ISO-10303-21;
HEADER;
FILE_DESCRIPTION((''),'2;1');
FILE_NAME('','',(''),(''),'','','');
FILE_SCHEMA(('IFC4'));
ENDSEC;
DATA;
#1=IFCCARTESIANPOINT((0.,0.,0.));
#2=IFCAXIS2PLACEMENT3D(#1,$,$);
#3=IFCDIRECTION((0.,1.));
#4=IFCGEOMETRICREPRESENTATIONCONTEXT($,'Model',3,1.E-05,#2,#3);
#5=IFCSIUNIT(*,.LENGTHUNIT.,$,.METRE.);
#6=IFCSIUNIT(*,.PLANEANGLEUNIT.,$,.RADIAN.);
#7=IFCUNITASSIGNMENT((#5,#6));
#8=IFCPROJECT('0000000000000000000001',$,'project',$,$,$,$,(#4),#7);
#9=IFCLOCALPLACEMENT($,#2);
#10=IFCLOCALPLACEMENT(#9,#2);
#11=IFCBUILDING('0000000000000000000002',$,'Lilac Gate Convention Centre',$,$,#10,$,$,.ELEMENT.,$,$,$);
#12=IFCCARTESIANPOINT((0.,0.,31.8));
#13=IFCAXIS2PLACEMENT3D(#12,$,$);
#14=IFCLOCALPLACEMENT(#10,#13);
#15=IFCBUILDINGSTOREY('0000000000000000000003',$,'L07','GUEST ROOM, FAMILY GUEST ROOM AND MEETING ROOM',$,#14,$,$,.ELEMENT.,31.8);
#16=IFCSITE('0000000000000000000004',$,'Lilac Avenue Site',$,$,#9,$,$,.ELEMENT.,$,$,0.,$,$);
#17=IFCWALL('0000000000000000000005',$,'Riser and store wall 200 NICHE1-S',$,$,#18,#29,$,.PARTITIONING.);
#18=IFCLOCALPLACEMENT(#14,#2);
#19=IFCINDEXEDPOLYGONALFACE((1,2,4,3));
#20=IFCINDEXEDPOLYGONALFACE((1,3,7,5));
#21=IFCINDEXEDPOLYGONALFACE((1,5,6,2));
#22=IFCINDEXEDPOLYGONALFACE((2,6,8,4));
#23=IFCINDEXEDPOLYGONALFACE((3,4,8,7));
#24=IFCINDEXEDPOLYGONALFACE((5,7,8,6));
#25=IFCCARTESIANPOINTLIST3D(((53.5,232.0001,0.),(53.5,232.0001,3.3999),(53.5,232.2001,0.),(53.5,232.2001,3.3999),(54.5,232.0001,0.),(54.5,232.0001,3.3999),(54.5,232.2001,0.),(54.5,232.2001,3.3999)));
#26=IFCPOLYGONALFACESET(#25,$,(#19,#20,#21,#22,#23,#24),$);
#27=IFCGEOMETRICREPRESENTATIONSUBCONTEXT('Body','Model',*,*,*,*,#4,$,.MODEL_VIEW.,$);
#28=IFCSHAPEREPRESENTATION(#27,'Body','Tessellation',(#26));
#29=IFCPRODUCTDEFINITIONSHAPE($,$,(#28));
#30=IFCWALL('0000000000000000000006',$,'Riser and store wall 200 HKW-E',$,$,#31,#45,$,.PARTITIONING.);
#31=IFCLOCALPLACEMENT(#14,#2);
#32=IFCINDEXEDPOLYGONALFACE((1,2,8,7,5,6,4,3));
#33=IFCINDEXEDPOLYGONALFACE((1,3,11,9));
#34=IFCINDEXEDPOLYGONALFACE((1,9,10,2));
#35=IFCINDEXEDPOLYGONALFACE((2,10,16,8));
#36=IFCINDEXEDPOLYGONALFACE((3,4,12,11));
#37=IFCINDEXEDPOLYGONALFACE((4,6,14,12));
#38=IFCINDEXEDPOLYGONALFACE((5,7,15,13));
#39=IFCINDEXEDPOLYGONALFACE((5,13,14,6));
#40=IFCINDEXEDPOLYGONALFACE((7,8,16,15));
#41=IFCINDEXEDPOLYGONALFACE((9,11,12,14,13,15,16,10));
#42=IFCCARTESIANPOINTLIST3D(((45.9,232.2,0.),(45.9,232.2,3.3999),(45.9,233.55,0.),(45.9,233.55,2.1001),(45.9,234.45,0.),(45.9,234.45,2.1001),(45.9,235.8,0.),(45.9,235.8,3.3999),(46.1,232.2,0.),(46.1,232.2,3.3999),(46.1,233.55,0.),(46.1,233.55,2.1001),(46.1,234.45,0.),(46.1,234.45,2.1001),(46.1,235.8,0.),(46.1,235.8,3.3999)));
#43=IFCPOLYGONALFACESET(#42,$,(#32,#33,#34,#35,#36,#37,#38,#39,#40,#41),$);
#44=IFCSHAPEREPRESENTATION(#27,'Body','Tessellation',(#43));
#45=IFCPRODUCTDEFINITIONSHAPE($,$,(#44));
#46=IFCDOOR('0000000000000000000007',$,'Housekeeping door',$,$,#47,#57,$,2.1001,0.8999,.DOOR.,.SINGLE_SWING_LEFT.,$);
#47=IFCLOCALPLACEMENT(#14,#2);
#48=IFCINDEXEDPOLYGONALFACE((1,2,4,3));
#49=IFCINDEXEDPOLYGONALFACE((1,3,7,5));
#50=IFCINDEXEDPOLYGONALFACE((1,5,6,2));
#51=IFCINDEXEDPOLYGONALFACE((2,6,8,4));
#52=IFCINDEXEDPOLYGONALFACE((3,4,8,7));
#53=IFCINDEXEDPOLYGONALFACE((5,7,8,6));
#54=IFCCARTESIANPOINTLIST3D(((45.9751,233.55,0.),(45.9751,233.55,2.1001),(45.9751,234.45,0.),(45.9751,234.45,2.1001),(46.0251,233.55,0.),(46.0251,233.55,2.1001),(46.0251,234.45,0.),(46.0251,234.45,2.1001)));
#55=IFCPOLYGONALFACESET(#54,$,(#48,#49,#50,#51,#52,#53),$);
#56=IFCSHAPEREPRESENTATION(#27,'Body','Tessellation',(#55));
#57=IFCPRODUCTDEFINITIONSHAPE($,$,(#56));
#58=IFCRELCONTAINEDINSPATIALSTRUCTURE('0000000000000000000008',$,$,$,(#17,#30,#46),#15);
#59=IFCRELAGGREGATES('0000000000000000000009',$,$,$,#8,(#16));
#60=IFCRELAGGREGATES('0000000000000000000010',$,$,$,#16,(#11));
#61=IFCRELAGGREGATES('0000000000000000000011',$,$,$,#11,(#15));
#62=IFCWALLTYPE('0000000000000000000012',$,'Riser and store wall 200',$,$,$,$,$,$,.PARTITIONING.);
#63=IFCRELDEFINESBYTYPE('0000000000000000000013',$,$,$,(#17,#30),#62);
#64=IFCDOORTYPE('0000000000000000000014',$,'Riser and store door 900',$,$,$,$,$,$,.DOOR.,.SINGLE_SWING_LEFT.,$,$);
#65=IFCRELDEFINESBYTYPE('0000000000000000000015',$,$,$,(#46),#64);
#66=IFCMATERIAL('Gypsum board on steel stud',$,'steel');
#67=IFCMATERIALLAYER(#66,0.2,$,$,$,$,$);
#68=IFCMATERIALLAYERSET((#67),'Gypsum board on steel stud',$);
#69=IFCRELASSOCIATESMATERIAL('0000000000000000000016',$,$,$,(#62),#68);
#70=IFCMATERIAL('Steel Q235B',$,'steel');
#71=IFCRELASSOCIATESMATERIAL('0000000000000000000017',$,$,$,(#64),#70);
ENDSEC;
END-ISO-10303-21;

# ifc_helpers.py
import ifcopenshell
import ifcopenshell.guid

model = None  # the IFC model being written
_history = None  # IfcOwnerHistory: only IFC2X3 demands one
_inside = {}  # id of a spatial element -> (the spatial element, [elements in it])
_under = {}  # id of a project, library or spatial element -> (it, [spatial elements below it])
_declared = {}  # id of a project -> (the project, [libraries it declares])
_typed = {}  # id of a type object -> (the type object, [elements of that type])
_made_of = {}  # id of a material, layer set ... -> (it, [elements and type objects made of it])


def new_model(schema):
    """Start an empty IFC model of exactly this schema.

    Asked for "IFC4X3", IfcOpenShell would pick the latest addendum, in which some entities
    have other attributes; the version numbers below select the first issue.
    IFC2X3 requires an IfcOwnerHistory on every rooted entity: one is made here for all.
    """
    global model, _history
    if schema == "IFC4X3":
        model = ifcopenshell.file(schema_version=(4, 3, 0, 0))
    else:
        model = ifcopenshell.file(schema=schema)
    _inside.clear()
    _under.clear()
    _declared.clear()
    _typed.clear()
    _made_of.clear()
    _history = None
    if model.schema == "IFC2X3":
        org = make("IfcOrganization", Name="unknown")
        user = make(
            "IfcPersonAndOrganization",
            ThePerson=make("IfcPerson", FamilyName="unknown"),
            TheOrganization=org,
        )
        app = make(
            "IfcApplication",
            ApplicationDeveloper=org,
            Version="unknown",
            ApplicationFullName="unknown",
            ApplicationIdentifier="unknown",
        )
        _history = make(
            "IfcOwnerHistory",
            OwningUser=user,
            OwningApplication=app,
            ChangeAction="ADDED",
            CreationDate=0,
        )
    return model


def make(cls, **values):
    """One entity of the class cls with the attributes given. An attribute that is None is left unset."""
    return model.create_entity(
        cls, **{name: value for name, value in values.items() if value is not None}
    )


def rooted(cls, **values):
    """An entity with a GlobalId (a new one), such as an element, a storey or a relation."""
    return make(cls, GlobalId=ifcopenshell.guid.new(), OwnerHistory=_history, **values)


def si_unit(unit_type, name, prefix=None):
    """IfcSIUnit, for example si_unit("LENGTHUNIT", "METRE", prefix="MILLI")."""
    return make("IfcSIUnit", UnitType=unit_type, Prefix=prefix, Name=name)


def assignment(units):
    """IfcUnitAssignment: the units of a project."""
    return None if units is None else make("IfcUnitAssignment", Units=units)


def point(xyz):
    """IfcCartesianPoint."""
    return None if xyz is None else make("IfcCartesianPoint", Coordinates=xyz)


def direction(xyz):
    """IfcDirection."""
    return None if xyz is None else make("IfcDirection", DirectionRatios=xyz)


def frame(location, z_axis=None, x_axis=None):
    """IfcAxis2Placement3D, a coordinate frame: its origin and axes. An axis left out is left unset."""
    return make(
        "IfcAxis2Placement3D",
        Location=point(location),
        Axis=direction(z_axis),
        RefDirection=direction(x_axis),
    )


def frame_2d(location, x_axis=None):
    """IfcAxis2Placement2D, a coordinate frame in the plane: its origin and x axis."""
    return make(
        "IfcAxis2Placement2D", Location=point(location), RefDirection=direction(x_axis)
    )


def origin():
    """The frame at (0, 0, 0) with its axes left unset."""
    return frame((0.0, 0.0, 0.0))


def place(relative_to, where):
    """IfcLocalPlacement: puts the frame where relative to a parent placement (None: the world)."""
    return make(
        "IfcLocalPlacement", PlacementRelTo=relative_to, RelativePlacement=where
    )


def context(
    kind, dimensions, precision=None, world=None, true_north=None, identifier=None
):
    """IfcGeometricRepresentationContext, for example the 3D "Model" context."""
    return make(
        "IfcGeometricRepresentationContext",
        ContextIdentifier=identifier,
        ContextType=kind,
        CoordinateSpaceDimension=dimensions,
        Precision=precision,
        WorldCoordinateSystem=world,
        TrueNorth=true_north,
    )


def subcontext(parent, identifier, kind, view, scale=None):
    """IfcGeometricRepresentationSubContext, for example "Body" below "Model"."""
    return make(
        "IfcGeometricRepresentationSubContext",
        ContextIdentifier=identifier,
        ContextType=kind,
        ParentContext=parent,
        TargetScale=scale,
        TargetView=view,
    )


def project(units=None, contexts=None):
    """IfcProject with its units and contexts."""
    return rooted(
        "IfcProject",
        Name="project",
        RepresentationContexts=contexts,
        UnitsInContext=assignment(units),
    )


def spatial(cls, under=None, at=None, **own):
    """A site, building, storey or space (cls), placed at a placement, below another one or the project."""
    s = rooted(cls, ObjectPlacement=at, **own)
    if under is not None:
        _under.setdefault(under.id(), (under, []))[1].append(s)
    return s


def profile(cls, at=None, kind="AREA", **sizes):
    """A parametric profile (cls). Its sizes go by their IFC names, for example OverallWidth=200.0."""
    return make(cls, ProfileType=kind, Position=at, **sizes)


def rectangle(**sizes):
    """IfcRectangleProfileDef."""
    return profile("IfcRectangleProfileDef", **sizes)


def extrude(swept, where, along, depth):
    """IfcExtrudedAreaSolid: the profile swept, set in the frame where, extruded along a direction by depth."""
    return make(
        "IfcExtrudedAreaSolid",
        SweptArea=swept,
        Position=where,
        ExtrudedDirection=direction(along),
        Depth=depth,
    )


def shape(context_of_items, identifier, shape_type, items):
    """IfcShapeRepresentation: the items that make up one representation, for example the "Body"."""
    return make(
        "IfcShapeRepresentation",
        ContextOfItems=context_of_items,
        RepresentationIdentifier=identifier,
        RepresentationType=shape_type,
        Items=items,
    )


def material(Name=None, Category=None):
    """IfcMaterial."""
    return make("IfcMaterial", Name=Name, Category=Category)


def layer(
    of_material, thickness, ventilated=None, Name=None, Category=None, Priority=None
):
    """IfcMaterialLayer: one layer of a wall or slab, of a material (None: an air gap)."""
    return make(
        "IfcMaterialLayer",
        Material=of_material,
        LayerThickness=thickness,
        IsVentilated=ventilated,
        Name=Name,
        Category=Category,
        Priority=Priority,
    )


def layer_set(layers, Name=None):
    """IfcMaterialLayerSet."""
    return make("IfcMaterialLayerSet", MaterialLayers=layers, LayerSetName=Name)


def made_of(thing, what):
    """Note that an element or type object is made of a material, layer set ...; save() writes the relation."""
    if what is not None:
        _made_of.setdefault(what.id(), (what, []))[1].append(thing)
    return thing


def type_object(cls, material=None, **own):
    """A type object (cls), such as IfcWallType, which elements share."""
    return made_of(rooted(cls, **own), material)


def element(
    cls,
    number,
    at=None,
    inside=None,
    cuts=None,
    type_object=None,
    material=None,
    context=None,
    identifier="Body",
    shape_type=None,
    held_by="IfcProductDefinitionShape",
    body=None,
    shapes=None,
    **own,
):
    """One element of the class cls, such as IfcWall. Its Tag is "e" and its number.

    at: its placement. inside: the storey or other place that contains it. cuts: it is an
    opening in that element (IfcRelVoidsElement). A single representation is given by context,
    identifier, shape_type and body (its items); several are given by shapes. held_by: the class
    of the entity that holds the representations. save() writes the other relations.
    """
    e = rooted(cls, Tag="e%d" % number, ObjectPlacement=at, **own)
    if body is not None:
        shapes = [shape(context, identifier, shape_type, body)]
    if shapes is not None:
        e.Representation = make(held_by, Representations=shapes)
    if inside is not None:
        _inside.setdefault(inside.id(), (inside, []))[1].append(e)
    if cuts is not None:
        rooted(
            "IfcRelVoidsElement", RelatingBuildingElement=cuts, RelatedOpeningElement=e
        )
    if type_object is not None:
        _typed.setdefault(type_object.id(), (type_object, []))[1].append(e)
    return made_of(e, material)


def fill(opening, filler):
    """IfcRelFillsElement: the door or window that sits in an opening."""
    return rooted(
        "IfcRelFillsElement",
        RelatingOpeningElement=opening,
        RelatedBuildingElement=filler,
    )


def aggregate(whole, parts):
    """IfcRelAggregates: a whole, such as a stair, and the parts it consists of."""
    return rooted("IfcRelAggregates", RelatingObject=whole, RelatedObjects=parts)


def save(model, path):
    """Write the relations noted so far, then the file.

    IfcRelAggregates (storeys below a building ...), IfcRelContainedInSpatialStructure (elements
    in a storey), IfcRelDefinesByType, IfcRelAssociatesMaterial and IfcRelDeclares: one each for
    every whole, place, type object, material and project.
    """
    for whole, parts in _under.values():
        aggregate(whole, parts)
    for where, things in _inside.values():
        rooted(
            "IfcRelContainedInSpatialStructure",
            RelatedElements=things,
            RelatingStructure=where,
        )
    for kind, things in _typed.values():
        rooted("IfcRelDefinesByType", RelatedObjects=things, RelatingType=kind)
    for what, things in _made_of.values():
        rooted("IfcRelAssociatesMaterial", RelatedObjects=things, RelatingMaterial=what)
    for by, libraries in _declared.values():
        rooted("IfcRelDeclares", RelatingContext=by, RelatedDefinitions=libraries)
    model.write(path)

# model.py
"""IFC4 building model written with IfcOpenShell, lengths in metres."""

from ifc_helpers import new_model, si_unit, direction, frame, frame_2d, origin, place, context, subcontext, project, spatial, rectangle, extrude, material, layer, layer_set, type_object, element, fill, save


model = new_model("IFC4")

# Units and contexts
model_context = context("Model", 3, precision=1e-05, world=origin(), true_north=direction((0.0, 1.0)))
body_context = subcontext(model_context, "Body", "Model", "MODEL_VIEW")
ifc_project = project(units=[si_unit("LENGTHUNIT", "METRE"), si_unit("PLANEANGLEUNIT", "RADIAN")], contexts=[model_context])

# Site, building, storey
site_placement = place(None, origin())
site = spatial("IfcSite", under=ifc_project, at=site_placement, Name="Lilac Avenue Site", CompositionType="ELEMENT", RefElevation=0.0)
building_placement = place(site_placement, origin())
building = spatial("IfcBuilding", under=site, at=building_placement, Name="Lilac Gate Convention Centre", CompositionType="ELEMENT")
storey_placement = place(building_placement, frame((0.0, 0.0, 31.8)))
storey = spatial("IfcBuildingStorey", under=building, at=storey_placement, Name="L07", Description="GUEST ROOM, FAMILY GUEST ROOM AND MEETING ROOM", CompositionType="ELEMENT", Elevation=31.8)

# Shared definitions
ifc_material_1 = material(Name="Gypsum board on steel stud", Category="steel")

# Wall
ifc_layer_1 = layer(ifc_material_1, 0.2)
ifc_layer_set_1 = layer_set([ifc_layer_1], Name="Gypsum board on steel stud")
wall_type_1 = type_object("IfcWallType", Name="Riser and store wall 200", PredefinedType="PARTITIONING", material=ifc_layer_set_1)
wall_1_placement = place(storey_placement, frame((53.5, 232.1001, 0.0), z_axis=(0.0, 0.0, 1.0), x_axis=(1.0, 0.0, 0.0)))
element("IfcWall", 1, at=wall_1_placement, inside=storey, type_object=wall_type_1, Name="Riser and store wall 200 NICHE1-S", PredefinedType="PARTITIONING", context=body_context, shape_type="SweptSolid", body=[
    extrude(rectangle(XDim=1.0, YDim=0.2, at=frame_2d((0.5, 0.0))), origin(), (0.0, 0.0, 1.0), 3.3999),
])

# Wall, opening, door
wall_2_placement = place(storey_placement, frame((46.0, 232.2, 0.0), z_axis=(0.0, 0.0, 1.0), x_axis=(0.0, 1.0, 0.0)))
wall_2 = element("IfcWall", 2, at=wall_2_placement, inside=storey, type_object=wall_type_1, Name="Riser and store wall 200 HKW-E", PredefinedType="PARTITIONING", context=body_context, shape_type="SweptSolid", body=[
    extrude(rectangle(XDim=3.6001, YDim=0.2, at=frame_2d((1.8, 0.0))), origin(), (0.0, 0.0, 1.0), 3.3999),
])
opening_1_placement = place(wall_2_placement, frame((1.3501, 0.0, 0.0)))
opening_1 = element("IfcOpeningElement", 3, at=opening_1_placement, cuts=wall_2, PredefinedType="OPENING", context=body_context, shape_type="SweptSolid", body=[
    extrude(rectangle(XDim=0.8999, YDim=2.1001, at=frame_2d((0.45, 1.05))), frame((0.0, 0.1099, 0.0), z_axis=(0.0, -1.0, 0.0), x_axis=(1.0, 0.0, 0.0)), (0.0, 0.0, 1.0), 0.22),
])
ifc_material_2 = material(Name="Steel Q235B", Category="steel")
door_type_1 = type_object("IfcDoorType", Name="Riser and store door 900", OperationType="SINGLE_SWING_LEFT", PredefinedType="DOOR", material=ifc_material_2)
door_1_placement = place(opening_1_placement, origin())
door_1 = element("IfcDoor", 4, at=door_1_placement, inside=storey, type_object=door_type_1, Name="Housekeeping door", OperationType="SINGLE_SWING_LEFT", OverallHeight=2.1001, OverallWidth=0.8999, PredefinedType="DOOR", context=body_context, shape_type="SweptSolid", body=[
    extrude(rectangle(XDim=0.8999, YDim=2.1001, at=frame_2d((0.45, 1.05))), frame((0.0, 0.0249, 0.0), z_axis=(0.0, -1.0, 0.0), x_axis=(1.0, 0.0, 0.0)), (0.0, 0.0, 1.0), 0.05),
])
fill(opening_1, door_1)

save(model, "model.ifc")
